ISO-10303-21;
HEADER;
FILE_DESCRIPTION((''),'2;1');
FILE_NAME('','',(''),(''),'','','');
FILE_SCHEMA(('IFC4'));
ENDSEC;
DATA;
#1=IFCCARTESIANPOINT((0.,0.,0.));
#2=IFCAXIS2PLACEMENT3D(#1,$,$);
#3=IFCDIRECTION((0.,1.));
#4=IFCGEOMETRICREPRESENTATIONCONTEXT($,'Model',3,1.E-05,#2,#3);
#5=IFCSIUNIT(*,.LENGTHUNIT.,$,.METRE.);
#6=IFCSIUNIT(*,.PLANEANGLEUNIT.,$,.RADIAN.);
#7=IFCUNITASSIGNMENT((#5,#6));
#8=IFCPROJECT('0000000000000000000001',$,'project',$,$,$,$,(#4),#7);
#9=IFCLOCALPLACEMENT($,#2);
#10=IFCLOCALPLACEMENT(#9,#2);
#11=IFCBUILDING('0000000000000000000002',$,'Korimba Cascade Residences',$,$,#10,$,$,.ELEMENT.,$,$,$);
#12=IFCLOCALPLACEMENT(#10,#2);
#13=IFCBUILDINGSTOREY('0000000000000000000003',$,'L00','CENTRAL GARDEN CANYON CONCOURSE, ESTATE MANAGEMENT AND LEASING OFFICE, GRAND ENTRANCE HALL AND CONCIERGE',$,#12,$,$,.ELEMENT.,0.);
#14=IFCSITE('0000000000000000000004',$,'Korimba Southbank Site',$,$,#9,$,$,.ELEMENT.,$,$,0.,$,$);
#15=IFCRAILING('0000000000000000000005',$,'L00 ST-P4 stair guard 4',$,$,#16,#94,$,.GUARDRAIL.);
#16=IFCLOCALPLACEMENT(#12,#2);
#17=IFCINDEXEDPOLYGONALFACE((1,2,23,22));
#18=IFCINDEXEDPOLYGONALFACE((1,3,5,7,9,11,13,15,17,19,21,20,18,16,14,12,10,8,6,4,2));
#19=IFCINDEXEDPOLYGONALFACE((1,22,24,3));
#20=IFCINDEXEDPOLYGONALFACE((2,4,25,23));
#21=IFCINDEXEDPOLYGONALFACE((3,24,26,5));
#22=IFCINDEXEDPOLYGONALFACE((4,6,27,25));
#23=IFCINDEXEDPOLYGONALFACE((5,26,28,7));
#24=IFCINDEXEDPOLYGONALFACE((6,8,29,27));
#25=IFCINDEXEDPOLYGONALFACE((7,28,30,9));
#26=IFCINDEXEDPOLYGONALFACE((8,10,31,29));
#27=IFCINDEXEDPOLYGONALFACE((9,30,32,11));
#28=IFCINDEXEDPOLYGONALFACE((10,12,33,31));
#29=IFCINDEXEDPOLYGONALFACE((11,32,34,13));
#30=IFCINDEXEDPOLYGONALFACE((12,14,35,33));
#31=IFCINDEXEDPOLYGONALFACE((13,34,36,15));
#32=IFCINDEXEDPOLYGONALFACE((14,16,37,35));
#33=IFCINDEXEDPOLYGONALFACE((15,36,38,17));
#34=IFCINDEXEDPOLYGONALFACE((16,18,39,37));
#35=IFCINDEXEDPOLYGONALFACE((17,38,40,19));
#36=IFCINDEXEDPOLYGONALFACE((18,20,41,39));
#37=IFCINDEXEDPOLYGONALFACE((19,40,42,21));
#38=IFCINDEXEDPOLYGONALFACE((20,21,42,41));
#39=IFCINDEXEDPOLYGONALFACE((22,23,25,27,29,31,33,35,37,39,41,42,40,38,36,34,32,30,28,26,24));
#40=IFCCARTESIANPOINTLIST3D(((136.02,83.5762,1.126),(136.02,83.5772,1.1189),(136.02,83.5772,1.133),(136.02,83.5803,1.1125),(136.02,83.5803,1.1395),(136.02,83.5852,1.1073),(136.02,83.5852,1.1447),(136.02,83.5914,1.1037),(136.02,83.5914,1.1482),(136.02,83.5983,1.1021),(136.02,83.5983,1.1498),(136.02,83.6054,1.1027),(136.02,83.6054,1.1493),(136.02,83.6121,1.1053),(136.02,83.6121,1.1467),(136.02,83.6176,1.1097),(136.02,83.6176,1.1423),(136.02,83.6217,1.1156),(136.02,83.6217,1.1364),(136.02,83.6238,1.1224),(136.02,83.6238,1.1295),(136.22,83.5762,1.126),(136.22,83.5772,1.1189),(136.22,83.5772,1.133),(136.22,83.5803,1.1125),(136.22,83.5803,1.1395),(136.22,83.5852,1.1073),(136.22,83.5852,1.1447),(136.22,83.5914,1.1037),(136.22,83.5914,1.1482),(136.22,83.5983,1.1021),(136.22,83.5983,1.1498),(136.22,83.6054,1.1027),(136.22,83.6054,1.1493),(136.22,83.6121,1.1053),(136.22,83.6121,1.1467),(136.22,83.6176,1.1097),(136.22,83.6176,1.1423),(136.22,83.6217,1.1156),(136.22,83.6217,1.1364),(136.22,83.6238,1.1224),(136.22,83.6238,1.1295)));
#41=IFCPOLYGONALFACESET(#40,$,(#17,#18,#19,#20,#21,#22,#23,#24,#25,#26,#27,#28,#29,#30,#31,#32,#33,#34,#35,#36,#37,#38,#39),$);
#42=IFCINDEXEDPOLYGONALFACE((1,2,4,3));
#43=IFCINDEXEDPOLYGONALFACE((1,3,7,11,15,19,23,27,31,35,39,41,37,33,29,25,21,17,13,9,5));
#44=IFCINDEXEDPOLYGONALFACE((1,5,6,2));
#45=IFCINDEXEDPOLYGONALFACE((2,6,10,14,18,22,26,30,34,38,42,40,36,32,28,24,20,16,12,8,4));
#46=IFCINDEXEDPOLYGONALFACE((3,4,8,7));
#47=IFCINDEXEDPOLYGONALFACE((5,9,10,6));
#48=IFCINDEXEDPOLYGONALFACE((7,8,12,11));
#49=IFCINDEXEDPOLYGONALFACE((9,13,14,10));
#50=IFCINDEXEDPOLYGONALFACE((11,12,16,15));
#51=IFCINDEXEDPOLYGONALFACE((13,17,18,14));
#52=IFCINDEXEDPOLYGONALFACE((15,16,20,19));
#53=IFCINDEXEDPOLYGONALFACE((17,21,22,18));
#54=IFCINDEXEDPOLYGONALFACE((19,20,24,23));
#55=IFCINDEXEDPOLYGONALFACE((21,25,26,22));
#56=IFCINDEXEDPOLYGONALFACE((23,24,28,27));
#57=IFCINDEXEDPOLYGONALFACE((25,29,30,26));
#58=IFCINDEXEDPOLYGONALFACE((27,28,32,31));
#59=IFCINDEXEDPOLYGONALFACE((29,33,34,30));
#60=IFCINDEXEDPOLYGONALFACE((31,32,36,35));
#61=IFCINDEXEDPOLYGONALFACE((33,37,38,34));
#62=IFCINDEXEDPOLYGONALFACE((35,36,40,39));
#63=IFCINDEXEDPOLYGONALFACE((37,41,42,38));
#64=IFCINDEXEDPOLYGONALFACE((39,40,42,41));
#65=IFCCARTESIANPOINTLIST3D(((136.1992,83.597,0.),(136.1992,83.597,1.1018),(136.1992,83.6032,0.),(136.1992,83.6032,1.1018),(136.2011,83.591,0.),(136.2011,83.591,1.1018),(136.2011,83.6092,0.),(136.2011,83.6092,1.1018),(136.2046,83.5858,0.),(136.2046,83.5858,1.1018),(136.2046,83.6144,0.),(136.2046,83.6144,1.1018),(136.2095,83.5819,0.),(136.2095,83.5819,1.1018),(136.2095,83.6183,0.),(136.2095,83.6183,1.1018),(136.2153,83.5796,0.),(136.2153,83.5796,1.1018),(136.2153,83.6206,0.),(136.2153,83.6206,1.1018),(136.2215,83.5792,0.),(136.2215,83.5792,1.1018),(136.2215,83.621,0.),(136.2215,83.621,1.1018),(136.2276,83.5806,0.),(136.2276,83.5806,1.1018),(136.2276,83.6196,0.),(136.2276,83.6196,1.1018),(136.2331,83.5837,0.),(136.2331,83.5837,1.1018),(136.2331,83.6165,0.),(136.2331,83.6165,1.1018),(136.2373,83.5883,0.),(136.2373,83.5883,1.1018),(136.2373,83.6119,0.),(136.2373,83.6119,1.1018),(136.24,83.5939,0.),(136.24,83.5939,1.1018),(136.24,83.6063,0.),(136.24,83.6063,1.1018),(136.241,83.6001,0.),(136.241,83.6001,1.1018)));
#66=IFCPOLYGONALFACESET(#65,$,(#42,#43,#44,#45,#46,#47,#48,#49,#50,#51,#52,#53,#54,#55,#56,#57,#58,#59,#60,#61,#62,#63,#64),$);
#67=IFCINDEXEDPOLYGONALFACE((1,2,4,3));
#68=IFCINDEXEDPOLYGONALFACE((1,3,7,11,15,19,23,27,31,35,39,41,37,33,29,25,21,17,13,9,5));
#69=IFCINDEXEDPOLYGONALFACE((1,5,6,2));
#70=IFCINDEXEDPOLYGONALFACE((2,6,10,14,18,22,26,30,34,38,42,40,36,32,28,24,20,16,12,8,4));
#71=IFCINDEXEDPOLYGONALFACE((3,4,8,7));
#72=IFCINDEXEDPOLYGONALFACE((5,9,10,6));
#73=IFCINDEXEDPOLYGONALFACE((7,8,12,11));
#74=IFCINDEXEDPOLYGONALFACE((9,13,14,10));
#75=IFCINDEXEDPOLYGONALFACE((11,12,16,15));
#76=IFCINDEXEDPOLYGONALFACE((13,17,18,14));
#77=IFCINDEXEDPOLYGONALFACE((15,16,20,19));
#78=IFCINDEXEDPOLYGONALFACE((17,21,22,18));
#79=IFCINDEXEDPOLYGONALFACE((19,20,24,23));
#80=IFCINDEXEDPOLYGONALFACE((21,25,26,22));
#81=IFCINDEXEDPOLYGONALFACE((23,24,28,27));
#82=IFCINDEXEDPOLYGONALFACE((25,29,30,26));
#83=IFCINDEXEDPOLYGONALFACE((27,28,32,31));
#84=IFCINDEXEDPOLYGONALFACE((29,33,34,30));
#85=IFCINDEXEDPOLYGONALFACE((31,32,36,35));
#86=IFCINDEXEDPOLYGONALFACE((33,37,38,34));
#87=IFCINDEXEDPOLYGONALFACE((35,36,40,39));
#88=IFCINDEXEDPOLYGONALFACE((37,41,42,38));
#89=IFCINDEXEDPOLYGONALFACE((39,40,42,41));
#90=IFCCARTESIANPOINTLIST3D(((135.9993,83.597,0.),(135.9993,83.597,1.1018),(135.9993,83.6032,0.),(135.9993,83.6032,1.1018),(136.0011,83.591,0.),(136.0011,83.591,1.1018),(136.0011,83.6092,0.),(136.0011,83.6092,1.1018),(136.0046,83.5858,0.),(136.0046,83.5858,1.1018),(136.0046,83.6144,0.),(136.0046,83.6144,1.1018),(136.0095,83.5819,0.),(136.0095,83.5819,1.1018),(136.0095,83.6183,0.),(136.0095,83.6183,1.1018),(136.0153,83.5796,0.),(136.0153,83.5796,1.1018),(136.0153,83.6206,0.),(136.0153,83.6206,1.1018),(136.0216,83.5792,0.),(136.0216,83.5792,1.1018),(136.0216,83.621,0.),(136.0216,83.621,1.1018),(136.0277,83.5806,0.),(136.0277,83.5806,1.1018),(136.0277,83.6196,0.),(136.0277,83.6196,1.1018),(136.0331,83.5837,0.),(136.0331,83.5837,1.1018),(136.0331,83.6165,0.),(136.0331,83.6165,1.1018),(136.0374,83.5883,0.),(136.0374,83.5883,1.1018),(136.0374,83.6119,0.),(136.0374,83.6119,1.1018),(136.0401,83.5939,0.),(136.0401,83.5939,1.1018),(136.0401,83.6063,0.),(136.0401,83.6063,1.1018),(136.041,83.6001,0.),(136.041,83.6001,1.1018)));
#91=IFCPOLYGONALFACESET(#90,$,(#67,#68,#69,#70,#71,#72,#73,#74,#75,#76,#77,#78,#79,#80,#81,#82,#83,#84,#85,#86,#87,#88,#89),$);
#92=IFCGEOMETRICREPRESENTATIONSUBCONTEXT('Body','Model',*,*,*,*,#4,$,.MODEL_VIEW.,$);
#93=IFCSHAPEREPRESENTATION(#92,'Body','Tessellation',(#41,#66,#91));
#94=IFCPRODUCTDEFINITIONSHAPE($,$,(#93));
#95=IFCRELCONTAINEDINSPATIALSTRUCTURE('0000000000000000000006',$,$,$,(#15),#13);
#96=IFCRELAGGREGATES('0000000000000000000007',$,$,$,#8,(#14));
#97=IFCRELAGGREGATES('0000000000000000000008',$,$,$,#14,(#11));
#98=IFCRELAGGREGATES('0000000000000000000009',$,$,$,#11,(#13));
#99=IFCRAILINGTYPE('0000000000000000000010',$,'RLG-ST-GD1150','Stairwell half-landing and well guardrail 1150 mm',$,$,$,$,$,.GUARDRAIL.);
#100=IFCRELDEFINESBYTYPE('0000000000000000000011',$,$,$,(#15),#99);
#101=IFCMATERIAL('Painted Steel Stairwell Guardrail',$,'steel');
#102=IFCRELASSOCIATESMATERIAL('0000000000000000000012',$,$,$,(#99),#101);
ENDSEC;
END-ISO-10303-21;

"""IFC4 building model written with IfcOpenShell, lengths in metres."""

from ifc_helpers import new_model, si_unit, direction, frame, origin, origin_2d, place, context, subcontext, project, spatial, circle, extrude, material, type_object, element, save


model = new_model("IFC4")

# Units and contexts
model_context = context("Model", 3, precision=1e-05, world=origin(), true_north=direction((0.0, 1.0)))
body_context = subcontext(model_context, "Body", "Model", "MODEL_VIEW")
ifc_project = project(units=[si_unit("LENGTHUNIT", "METRE"), si_unit("PLANEANGLEUNIT", "RADIAN")], contexts=[model_context])

# Site, building, storey
site_placement = place(None, origin())
site = spatial("IfcSite", under=ifc_project, at=site_placement, Name="Korimba Southbank Site", CompositionType="ELEMENT", RefElevation=0.0)
building_placement = place(site_placement, origin())
building = spatial("IfcBuilding", under=site, at=building_placement, Name="Korimba Cascade Residences", CompositionType="ELEMENT")
storey_placement = place(building_placement, origin())
storey = spatial("IfcBuildingStorey", under=building, at=storey_placement, Name="L00", Description="CENTRAL GARDEN CANYON CONCOURSE, ESTATE MANAGEMENT AND LEASING OFFICE, GRAND ENTRANCE HALL AND CONCIERGE", CompositionType="ELEMENT", Elevation=0.0)

# Railing
ifc_material_1 = material(Name="Painted Steel Stairwell Guardrail", Category="steel")
railing_type = type_object("IfcRailingType", Name="RLG-ST-GD1150", Description="Stairwell half-landing and well guardrail 1150 mm", PredefinedType="GUARDRAIL", material=ifc_material_1)
railing_1_placement = place(storey_placement, frame((136.22, 83.6001, 0.0)))
element("IfcRailing", 1, at=railing_1_placement, inside=storey, type_object=railing_type, Name="L00 ST-P4 stair guard 4", PredefinedType="GUARDRAIL", context=body_context, shape_type="SweptSolid", body=[
    extrude(circle(Radius=0.0239, at=origin_2d()), frame((0.0, 0.0, 1.126), z_axis=(-1.0, 0.0, 0.0), x_axis=(0.0, -1.0, 0.0)), (0.0, 0.0, 1.0), 0.2),
    extrude(circle(Radius=0.021, at=origin_2d()), origin(), (0.0, 0.0, 1.0), 1.1018),
    extrude(circle(Radius=0.021, at=origin_2d()), frame((-0.2, 0.0, 0.0)), (0.0, 0.0, 1.0), 1.1018),
])

save(model, "model.ifc")
